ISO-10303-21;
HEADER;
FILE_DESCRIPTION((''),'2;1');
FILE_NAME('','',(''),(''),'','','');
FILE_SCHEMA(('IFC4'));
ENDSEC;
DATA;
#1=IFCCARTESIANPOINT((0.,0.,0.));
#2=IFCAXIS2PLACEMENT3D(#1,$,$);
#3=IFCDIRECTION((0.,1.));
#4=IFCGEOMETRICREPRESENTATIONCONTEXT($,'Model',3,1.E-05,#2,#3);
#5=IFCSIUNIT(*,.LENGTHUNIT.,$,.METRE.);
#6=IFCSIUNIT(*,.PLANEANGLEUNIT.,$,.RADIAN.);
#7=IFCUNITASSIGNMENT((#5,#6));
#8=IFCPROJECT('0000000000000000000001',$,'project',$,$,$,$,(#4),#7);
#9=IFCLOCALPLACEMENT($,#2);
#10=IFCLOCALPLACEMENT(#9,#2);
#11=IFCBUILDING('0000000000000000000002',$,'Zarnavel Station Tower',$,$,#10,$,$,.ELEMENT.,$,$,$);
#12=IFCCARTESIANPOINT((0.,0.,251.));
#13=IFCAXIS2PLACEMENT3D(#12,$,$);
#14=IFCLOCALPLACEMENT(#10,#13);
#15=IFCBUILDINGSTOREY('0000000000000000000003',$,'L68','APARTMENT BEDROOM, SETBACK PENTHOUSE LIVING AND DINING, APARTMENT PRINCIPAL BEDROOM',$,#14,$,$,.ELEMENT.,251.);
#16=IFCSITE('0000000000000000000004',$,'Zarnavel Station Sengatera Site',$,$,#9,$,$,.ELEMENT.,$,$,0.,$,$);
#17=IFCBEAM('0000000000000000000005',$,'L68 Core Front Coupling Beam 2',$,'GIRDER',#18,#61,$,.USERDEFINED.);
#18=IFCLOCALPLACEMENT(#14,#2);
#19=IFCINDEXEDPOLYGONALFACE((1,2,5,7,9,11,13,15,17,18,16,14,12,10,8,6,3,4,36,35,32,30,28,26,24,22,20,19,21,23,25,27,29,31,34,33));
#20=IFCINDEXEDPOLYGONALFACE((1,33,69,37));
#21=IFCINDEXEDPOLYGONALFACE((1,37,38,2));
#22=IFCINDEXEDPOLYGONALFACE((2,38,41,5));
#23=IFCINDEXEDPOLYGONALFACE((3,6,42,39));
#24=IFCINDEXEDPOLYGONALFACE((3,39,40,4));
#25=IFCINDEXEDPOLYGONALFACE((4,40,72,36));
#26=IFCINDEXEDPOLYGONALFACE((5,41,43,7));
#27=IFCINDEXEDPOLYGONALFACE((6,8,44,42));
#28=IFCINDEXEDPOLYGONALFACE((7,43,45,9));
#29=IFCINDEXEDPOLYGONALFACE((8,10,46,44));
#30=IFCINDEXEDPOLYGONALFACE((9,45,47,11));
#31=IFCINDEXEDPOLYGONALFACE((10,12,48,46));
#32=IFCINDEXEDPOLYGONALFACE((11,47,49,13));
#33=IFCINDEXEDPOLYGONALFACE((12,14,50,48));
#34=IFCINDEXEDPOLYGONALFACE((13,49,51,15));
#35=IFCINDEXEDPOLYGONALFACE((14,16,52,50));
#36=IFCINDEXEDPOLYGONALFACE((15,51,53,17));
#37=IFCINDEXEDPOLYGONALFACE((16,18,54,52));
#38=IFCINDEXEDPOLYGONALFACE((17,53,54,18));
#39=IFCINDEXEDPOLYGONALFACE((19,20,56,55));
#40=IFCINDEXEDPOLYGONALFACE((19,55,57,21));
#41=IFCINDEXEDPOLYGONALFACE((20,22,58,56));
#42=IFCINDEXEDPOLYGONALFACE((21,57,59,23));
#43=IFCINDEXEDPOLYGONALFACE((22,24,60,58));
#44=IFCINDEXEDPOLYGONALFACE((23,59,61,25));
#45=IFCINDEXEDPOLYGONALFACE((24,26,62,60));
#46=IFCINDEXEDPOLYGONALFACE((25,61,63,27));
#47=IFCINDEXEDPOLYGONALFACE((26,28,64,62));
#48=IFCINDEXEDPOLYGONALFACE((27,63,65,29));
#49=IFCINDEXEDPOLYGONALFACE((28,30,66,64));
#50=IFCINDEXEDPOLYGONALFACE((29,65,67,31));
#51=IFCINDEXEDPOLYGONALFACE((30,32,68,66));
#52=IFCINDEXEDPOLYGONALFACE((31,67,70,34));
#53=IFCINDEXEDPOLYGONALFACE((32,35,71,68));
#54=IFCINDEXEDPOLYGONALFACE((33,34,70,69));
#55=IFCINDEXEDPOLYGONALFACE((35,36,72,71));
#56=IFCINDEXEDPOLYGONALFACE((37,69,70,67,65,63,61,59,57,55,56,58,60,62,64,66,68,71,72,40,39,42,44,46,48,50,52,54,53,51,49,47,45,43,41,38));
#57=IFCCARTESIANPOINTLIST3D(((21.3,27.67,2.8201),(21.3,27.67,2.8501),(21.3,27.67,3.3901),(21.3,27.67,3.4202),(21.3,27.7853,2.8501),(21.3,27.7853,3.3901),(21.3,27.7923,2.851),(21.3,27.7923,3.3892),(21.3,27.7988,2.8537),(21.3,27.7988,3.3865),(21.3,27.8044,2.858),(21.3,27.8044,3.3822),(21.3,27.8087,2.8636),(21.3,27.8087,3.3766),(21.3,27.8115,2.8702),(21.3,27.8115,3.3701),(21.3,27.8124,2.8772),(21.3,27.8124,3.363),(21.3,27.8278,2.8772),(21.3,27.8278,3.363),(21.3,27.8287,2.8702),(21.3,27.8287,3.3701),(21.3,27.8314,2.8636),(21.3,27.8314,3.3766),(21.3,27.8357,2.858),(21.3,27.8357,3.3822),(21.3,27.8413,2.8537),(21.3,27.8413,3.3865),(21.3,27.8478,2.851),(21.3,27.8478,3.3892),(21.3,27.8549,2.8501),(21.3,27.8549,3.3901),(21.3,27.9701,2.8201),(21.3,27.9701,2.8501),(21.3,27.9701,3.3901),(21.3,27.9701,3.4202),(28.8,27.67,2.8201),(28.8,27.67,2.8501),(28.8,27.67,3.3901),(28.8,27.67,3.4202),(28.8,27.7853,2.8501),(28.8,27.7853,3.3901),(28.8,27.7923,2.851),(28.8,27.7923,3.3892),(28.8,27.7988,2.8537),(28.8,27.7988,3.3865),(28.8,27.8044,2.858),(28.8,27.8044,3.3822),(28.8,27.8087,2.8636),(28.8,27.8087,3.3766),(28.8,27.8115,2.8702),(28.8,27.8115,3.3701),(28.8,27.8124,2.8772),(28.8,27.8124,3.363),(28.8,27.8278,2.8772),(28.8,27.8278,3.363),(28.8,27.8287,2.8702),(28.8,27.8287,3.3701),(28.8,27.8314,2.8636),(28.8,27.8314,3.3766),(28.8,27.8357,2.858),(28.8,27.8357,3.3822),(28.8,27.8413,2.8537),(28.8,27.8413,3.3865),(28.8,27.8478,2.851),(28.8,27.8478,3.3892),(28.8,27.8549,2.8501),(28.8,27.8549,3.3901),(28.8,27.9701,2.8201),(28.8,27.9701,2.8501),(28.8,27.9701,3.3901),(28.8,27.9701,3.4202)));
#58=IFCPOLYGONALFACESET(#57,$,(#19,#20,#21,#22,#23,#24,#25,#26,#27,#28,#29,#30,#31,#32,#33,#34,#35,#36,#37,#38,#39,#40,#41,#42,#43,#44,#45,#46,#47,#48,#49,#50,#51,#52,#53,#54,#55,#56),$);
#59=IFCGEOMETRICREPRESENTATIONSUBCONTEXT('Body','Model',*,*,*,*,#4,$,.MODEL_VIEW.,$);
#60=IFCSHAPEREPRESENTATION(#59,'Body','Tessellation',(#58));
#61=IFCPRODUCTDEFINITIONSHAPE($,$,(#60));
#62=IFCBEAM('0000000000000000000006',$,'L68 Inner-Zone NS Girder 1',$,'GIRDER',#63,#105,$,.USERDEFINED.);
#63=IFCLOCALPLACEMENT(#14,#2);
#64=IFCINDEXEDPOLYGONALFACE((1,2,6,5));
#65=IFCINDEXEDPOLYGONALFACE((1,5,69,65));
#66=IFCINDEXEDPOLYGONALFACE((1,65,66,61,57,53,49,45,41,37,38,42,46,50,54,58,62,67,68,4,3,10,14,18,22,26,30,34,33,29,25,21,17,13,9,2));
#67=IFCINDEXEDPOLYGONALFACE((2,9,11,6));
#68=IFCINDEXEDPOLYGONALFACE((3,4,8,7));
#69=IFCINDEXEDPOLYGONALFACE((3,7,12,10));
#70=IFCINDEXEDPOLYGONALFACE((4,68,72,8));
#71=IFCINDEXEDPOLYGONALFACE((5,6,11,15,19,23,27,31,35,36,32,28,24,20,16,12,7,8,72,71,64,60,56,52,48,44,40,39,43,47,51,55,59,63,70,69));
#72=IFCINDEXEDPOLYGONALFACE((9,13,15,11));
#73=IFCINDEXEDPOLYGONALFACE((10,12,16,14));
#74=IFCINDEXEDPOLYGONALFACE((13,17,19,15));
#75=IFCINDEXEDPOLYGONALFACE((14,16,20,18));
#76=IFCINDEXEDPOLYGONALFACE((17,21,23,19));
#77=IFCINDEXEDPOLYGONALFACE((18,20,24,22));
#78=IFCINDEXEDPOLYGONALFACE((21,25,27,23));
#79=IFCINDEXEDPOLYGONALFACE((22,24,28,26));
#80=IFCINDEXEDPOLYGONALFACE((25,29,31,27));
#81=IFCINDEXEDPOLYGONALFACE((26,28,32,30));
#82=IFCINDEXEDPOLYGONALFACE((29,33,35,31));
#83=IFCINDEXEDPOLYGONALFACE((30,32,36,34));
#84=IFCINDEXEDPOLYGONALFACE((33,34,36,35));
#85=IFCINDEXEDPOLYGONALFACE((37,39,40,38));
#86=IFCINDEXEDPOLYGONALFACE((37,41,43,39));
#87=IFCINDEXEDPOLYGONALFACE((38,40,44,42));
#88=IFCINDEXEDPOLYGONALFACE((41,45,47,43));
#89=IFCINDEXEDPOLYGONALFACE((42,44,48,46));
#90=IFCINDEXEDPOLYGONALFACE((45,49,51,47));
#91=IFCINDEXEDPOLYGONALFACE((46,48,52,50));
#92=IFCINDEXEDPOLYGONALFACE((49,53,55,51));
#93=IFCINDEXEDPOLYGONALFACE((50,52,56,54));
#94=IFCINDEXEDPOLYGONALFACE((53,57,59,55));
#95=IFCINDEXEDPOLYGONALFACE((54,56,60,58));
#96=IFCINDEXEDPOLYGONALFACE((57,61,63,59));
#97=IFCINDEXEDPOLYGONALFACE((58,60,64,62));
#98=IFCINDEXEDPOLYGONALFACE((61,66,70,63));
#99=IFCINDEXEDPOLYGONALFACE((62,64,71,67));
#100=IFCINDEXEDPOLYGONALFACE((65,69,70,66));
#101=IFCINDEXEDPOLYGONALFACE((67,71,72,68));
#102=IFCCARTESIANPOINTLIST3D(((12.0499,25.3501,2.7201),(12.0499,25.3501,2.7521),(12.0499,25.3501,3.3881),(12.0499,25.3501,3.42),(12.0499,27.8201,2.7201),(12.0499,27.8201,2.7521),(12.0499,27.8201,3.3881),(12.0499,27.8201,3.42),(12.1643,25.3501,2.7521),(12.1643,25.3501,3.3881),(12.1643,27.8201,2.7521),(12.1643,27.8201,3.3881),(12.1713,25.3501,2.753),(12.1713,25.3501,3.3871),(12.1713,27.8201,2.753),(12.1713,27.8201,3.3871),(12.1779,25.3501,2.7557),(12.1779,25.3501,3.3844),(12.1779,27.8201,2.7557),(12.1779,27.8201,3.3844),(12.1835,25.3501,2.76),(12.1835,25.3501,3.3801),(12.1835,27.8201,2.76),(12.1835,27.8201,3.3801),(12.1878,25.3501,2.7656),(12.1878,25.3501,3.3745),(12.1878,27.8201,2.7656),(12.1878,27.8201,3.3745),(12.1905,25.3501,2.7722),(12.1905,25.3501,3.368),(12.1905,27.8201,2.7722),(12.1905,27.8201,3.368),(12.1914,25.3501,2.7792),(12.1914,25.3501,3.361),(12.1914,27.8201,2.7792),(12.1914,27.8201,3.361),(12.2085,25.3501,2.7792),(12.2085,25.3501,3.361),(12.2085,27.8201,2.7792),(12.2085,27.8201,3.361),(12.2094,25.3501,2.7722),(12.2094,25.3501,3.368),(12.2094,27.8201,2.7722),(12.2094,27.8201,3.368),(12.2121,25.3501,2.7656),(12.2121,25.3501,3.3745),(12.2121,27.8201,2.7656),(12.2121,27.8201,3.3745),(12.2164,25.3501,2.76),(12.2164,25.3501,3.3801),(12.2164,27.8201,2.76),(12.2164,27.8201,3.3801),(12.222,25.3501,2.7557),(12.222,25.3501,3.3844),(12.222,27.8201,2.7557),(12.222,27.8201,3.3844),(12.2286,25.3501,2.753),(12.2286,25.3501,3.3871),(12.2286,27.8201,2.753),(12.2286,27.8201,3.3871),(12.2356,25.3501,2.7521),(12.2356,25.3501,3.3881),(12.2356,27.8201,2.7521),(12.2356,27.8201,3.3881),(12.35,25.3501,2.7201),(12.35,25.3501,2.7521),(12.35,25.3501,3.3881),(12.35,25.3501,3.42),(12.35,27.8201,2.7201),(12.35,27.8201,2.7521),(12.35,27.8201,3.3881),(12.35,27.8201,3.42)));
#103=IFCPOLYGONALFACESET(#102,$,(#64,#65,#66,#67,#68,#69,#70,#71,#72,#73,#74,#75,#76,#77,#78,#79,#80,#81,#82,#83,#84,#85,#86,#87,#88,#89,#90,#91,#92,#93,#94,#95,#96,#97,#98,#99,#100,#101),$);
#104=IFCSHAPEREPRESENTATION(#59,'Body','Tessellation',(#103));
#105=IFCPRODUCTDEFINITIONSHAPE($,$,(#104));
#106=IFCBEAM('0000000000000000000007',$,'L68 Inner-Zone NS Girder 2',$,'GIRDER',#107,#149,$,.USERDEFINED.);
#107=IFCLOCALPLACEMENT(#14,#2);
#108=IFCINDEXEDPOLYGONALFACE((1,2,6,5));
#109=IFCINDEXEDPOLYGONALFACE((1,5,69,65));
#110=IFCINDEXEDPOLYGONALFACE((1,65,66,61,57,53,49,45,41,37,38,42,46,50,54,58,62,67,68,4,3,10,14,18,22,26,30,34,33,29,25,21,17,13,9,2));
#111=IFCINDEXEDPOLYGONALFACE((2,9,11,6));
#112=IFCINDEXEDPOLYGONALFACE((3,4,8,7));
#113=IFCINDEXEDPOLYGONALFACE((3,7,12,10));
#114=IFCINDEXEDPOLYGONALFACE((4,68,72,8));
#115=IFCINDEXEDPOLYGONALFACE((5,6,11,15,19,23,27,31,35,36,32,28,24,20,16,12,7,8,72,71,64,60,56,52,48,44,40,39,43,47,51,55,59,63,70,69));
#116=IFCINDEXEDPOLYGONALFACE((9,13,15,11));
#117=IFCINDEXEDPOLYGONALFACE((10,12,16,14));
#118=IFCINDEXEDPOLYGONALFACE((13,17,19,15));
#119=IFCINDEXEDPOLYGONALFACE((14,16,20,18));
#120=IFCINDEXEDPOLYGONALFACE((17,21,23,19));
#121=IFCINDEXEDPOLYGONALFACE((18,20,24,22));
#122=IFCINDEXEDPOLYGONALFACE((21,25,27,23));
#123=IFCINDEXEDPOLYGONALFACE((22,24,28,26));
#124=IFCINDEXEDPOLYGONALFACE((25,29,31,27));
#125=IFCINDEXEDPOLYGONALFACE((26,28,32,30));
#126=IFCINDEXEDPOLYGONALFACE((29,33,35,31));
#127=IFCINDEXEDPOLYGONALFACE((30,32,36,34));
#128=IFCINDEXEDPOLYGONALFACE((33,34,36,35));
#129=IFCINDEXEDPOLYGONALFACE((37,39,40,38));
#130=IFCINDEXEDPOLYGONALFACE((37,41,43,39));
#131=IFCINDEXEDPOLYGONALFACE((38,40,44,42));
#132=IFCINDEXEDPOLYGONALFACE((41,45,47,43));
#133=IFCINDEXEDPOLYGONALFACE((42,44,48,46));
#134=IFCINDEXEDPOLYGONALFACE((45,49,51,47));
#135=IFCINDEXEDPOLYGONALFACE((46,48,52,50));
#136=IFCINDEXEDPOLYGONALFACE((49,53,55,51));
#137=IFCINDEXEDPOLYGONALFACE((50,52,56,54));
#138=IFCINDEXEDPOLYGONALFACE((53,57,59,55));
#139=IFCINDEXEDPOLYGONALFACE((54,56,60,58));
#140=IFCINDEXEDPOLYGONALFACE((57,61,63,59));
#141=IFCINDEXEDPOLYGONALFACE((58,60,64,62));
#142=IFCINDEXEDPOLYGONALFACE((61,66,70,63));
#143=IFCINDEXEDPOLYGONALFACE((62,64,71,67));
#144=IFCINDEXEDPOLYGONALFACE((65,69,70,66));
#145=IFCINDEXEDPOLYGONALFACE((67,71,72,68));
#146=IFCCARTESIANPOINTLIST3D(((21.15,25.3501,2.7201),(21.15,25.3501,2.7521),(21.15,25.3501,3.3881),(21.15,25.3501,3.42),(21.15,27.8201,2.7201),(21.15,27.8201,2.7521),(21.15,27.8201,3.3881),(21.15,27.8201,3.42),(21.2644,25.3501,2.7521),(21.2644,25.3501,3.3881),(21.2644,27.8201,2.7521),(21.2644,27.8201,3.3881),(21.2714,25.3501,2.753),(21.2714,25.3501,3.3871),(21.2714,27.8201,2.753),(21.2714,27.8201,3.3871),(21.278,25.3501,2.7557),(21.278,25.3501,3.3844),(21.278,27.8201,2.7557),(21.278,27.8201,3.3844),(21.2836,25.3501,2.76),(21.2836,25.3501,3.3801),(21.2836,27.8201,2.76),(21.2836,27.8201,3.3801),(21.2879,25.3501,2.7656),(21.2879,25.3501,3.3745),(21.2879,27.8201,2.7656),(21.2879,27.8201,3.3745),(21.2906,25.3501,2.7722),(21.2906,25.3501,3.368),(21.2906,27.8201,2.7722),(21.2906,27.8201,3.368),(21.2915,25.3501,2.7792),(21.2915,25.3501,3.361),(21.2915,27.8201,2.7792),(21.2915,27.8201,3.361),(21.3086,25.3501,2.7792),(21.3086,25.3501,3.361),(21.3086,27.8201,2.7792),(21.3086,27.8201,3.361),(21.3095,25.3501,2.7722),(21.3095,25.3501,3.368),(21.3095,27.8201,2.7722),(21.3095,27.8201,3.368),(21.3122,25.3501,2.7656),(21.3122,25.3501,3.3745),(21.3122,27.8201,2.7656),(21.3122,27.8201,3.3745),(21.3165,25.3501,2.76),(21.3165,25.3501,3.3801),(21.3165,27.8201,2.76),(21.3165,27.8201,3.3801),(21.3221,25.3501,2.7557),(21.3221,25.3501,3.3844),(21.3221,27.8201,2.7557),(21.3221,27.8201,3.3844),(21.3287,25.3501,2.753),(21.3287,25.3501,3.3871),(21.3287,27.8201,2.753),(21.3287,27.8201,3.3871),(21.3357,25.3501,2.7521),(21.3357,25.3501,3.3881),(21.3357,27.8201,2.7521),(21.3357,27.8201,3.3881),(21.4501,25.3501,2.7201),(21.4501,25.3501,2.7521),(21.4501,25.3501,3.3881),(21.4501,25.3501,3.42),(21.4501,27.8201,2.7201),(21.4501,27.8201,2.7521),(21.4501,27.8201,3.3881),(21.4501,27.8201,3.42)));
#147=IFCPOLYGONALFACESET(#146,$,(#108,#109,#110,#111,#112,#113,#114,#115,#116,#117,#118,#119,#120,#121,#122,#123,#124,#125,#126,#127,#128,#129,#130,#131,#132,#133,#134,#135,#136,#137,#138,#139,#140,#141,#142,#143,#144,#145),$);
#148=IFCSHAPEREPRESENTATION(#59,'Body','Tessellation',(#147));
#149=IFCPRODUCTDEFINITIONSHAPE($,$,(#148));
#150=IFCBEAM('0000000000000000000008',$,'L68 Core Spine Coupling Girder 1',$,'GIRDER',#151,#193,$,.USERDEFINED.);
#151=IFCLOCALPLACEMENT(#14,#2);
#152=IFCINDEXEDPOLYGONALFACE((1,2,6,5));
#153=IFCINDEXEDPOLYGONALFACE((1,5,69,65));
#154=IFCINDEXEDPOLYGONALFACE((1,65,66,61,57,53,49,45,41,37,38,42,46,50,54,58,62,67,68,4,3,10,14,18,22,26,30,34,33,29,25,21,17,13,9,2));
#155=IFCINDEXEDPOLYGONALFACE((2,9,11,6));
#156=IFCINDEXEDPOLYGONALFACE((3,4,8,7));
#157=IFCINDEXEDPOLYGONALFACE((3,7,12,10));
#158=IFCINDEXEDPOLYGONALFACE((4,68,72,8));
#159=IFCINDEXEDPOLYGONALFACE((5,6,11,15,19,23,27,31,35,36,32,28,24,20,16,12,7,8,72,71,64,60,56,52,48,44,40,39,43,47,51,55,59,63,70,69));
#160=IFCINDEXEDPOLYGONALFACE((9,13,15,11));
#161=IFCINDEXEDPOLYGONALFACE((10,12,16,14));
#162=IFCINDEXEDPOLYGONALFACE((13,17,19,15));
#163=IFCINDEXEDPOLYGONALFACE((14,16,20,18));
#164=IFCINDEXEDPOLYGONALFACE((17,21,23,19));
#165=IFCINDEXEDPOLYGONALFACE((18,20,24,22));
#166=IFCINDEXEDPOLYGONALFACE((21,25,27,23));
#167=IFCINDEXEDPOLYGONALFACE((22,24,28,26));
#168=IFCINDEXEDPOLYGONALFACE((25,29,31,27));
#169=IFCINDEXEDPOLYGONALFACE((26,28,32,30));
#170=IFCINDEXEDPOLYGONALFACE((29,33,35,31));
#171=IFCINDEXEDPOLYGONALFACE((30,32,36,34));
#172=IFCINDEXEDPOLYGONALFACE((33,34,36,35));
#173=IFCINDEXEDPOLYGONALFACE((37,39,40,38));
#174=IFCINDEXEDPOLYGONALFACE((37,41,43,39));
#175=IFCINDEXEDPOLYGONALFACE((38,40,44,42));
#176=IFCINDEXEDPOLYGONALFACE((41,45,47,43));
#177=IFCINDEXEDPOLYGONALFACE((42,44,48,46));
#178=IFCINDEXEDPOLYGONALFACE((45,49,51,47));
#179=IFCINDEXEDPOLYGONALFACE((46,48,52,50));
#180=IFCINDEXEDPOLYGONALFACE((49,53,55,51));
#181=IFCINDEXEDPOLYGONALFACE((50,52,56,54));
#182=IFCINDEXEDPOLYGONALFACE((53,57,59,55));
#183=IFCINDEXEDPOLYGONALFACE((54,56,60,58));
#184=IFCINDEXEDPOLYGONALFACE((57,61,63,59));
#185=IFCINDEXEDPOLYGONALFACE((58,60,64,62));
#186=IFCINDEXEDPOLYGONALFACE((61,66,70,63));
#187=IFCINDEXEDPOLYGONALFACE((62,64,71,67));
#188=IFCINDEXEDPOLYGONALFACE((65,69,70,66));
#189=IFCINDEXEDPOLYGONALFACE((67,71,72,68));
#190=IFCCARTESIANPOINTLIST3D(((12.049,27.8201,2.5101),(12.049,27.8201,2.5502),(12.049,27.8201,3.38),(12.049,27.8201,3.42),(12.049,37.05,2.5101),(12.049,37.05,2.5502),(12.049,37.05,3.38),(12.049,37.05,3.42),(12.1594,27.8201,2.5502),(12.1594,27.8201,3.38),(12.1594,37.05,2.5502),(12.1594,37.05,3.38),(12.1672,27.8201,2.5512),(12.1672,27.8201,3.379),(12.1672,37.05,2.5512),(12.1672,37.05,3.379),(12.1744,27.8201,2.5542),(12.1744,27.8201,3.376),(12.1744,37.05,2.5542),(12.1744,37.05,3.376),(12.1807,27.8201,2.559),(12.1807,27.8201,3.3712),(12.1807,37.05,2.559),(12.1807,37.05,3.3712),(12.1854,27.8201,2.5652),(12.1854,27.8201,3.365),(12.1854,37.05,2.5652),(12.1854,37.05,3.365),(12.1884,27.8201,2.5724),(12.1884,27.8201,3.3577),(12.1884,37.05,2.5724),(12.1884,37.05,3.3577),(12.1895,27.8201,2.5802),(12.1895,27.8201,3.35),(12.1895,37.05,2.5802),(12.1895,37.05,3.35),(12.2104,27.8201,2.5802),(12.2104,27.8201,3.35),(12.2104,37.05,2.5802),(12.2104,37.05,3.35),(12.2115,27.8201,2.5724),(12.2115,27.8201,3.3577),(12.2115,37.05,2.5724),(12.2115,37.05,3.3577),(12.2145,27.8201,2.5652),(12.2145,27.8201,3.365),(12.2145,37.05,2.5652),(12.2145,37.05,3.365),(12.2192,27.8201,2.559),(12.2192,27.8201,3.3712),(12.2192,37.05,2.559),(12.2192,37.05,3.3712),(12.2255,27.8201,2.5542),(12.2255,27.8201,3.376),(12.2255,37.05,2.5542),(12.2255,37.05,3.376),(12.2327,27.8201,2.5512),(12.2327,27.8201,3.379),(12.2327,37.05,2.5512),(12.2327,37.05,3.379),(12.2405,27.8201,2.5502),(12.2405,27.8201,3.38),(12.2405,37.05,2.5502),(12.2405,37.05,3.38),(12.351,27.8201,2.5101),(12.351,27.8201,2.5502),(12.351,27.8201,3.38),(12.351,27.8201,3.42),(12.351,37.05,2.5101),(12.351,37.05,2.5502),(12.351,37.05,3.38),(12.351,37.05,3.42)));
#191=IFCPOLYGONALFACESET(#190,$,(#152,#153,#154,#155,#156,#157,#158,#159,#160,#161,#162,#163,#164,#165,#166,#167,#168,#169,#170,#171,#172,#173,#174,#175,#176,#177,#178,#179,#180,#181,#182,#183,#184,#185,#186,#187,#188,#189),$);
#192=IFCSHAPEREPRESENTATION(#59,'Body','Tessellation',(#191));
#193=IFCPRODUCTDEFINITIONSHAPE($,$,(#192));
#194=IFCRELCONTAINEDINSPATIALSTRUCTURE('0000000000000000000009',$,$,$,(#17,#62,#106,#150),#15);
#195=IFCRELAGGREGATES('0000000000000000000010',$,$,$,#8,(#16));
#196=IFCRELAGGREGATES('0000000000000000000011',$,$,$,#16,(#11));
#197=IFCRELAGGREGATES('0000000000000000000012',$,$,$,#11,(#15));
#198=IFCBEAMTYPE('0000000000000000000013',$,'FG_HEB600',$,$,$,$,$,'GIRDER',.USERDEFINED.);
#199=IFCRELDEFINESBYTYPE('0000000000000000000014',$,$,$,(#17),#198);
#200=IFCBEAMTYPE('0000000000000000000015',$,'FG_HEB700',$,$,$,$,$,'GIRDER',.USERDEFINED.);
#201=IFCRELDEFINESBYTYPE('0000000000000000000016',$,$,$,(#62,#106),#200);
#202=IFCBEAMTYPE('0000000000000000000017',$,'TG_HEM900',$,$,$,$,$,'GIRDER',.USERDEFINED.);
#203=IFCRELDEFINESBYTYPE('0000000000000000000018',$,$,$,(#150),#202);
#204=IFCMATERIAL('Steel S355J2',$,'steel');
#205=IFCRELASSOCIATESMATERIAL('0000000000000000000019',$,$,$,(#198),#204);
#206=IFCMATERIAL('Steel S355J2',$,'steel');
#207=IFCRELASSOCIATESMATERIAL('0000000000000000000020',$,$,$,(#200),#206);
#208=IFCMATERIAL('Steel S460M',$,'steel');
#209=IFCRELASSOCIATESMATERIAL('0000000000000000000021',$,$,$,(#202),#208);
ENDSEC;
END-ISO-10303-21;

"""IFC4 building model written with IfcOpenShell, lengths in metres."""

from ifc_helpers import new_model, si_unit, direction, frame, origin, origin_2d, place, context, subcontext, project, spatial, i_section, extrude, material, material_profile, profile_set, type_object, element, save


model = new_model("IFC4")

# Units and contexts
model_context = context("Model", 3, precision=1e-05, world=origin(), true_north=direction((0.0, 1.0)))
body_context = subcontext(model_context, "Body", "Model", "MODEL_VIEW")
ifc_project = project(units=[si_unit("LENGTHUNIT", "METRE"), si_unit("PLANEANGLEUNIT", "RADIAN")], contexts=[model_context])

# Site, building, storey
site_placement = place(None, origin())
site = spatial("IfcSite", under=ifc_project, at=site_placement, Name="Zarnavel Station Sengatera Site", CompositionType="ELEMENT", RefElevation=0.0)
building_placement = place(site_placement, origin())
building = spatial("IfcBuilding", under=site, at=building_placement, Name="Zarnavel Station Tower", CompositionType="ELEMENT")
storey_placement = place(building_placement, frame((0.0, 0.0, 251.0)))
storey = spatial("IfcBuildingStorey", under=building, at=storey_placement, Name="L68", Description="APARTMENT BEDROOM, SETBACK PENTHOUSE LIVING AND DINING, APARTMENT PRINCIPAL BEDROOM", CompositionType="ELEMENT", Elevation=251.0)

# Beams
ifc_material_1 = material(Name="Steel S355J2", Category="steel")
ifc_material_profile_1 = material_profile(ifc_material_1, i_section(OverallWidth=0.3, OverallDepth=0.6001, WebThickness=0.0154, FlangeThickness=0.03, FilletRadius=0.0271, at=origin_2d()), Name="HEB600")
ifc_profile_set_1 = profile_set([ifc_material_profile_1], Name="Steel S355J2")
beam_type_1 = type_object("IfcBeamType", Name="FG_HEB600", ElementType="GIRDER", PredefinedType="USERDEFINED", material=ifc_profile_set_1)
beam_1_placement = place(storey_placement, frame((21.3, 27.8201, 3.1201), z_axis=(1.0, 0.0, 0.0), x_axis=(0.0, 1.0, 0.0)))
element("IfcBeam", 1, at=beam_1_placement, inside=storey, type_object=beam_type_1, Name="L68 Core Front Coupling Beam 2", ObjectType="GIRDER", PredefinedType="USERDEFINED", context=body_context, shape_type="SweptSolid", body=[
    extrude(i_section(OverallWidth=0.3, OverallDepth=0.6001, WebThickness=0.0154, FlangeThickness=0.03, FilletRadius=0.0271, at=origin_2d()), origin(), (0.0, 0.0, 1.0), 7.5),
])
ifc_material_2 = material(Name="Steel S355J2", Category="steel")
ifc_material_profile_2 = material_profile(ifc_material_2, i_section(OverallWidth=0.3, OverallDepth=0.7, WebThickness=0.0171, FlangeThickness=0.032, FilletRadius=0.0271, at=origin_2d()), Name="HEB700")
ifc_profile_set_2 = profile_set([ifc_material_profile_2], Name="Steel S355J2")
beam_type_2 = type_object("IfcBeamType", Name="FG_HEB700", ElementType="GIRDER", PredefinedType="USERDEFINED", material=ifc_profile_set_2)
for number, where, z_axis, x_axis, name in (
    (2, (12.2, 25.3501, 3.0701), (0.0, 1.0, 0.0), (-1.0, 0.0, 0.0), "L68 Inner-Zone NS Girder 1"),
    (3, (21.3, 25.3501, 3.0701), (0.0, 1.0, 0.0), (-1.0, 0.0, 0.0), "L68 Inner-Zone NS Girder 2"),
):
    element("IfcBeam", number, at=place(storey_placement, frame(where, z_axis=z_axis, x_axis=x_axis)), inside=storey, type_object=beam_type_2, Name=name, ObjectType="GIRDER", PredefinedType="USERDEFINED", context=body_context, shape_type="SweptSolid", body=[
        extrude(i_section(OverallWidth=0.3, OverallDepth=0.7, WebThickness=0.0171, FlangeThickness=0.032, FilletRadius=0.0271, at=origin_2d()), origin(), (0.0, 0.0, 1.0), 2.47),
    ])
ifc_material_3 = material(Name="Steel S460M", Category="steel")
ifc_material_profile_3 = material_profile(ifc_material_3, i_section(OverallWidth=0.302, OverallDepth=0.9099, WebThickness=0.021, FlangeThickness=0.04, FilletRadius=0.03, at=origin_2d()), Name="HEM900")
ifc_profile_set_3 = profile_set([ifc_material_profile_3], Name="Steel S460M")
beam_type_3 = type_object("IfcBeamType", Name="TG_HEM900", ElementType="GIRDER", PredefinedType="USERDEFINED", material=ifc_profile_set_3)
for number, where, z_axis, x_axis, name in (
    (4, (12.2, 27.8201, 2.9651), (0.0, 1.0, 0.0), (-1.0, 0.0, 0.0), "L68 Core Spine Coupling Girder 1"),
):
    element("IfcBeam", number, at=place(storey_placement, frame(where, z_axis=z_axis, x_axis=x_axis)), inside=storey, type_object=beam_type_3, Name=name, ObjectType="GIRDER", PredefinedType="USERDEFINED", context=body_context, shape_type="SweptSolid", body=[
        extrude(i_section(OverallWidth=0.302, OverallDepth=0.9099, WebThickness=0.021, FlangeThickness=0.04, FilletRadius=0.03, at=origin_2d()), origin(), (0.0, 0.0, 1.0), 9.23),
    ])

save(model, "model.ifc")
